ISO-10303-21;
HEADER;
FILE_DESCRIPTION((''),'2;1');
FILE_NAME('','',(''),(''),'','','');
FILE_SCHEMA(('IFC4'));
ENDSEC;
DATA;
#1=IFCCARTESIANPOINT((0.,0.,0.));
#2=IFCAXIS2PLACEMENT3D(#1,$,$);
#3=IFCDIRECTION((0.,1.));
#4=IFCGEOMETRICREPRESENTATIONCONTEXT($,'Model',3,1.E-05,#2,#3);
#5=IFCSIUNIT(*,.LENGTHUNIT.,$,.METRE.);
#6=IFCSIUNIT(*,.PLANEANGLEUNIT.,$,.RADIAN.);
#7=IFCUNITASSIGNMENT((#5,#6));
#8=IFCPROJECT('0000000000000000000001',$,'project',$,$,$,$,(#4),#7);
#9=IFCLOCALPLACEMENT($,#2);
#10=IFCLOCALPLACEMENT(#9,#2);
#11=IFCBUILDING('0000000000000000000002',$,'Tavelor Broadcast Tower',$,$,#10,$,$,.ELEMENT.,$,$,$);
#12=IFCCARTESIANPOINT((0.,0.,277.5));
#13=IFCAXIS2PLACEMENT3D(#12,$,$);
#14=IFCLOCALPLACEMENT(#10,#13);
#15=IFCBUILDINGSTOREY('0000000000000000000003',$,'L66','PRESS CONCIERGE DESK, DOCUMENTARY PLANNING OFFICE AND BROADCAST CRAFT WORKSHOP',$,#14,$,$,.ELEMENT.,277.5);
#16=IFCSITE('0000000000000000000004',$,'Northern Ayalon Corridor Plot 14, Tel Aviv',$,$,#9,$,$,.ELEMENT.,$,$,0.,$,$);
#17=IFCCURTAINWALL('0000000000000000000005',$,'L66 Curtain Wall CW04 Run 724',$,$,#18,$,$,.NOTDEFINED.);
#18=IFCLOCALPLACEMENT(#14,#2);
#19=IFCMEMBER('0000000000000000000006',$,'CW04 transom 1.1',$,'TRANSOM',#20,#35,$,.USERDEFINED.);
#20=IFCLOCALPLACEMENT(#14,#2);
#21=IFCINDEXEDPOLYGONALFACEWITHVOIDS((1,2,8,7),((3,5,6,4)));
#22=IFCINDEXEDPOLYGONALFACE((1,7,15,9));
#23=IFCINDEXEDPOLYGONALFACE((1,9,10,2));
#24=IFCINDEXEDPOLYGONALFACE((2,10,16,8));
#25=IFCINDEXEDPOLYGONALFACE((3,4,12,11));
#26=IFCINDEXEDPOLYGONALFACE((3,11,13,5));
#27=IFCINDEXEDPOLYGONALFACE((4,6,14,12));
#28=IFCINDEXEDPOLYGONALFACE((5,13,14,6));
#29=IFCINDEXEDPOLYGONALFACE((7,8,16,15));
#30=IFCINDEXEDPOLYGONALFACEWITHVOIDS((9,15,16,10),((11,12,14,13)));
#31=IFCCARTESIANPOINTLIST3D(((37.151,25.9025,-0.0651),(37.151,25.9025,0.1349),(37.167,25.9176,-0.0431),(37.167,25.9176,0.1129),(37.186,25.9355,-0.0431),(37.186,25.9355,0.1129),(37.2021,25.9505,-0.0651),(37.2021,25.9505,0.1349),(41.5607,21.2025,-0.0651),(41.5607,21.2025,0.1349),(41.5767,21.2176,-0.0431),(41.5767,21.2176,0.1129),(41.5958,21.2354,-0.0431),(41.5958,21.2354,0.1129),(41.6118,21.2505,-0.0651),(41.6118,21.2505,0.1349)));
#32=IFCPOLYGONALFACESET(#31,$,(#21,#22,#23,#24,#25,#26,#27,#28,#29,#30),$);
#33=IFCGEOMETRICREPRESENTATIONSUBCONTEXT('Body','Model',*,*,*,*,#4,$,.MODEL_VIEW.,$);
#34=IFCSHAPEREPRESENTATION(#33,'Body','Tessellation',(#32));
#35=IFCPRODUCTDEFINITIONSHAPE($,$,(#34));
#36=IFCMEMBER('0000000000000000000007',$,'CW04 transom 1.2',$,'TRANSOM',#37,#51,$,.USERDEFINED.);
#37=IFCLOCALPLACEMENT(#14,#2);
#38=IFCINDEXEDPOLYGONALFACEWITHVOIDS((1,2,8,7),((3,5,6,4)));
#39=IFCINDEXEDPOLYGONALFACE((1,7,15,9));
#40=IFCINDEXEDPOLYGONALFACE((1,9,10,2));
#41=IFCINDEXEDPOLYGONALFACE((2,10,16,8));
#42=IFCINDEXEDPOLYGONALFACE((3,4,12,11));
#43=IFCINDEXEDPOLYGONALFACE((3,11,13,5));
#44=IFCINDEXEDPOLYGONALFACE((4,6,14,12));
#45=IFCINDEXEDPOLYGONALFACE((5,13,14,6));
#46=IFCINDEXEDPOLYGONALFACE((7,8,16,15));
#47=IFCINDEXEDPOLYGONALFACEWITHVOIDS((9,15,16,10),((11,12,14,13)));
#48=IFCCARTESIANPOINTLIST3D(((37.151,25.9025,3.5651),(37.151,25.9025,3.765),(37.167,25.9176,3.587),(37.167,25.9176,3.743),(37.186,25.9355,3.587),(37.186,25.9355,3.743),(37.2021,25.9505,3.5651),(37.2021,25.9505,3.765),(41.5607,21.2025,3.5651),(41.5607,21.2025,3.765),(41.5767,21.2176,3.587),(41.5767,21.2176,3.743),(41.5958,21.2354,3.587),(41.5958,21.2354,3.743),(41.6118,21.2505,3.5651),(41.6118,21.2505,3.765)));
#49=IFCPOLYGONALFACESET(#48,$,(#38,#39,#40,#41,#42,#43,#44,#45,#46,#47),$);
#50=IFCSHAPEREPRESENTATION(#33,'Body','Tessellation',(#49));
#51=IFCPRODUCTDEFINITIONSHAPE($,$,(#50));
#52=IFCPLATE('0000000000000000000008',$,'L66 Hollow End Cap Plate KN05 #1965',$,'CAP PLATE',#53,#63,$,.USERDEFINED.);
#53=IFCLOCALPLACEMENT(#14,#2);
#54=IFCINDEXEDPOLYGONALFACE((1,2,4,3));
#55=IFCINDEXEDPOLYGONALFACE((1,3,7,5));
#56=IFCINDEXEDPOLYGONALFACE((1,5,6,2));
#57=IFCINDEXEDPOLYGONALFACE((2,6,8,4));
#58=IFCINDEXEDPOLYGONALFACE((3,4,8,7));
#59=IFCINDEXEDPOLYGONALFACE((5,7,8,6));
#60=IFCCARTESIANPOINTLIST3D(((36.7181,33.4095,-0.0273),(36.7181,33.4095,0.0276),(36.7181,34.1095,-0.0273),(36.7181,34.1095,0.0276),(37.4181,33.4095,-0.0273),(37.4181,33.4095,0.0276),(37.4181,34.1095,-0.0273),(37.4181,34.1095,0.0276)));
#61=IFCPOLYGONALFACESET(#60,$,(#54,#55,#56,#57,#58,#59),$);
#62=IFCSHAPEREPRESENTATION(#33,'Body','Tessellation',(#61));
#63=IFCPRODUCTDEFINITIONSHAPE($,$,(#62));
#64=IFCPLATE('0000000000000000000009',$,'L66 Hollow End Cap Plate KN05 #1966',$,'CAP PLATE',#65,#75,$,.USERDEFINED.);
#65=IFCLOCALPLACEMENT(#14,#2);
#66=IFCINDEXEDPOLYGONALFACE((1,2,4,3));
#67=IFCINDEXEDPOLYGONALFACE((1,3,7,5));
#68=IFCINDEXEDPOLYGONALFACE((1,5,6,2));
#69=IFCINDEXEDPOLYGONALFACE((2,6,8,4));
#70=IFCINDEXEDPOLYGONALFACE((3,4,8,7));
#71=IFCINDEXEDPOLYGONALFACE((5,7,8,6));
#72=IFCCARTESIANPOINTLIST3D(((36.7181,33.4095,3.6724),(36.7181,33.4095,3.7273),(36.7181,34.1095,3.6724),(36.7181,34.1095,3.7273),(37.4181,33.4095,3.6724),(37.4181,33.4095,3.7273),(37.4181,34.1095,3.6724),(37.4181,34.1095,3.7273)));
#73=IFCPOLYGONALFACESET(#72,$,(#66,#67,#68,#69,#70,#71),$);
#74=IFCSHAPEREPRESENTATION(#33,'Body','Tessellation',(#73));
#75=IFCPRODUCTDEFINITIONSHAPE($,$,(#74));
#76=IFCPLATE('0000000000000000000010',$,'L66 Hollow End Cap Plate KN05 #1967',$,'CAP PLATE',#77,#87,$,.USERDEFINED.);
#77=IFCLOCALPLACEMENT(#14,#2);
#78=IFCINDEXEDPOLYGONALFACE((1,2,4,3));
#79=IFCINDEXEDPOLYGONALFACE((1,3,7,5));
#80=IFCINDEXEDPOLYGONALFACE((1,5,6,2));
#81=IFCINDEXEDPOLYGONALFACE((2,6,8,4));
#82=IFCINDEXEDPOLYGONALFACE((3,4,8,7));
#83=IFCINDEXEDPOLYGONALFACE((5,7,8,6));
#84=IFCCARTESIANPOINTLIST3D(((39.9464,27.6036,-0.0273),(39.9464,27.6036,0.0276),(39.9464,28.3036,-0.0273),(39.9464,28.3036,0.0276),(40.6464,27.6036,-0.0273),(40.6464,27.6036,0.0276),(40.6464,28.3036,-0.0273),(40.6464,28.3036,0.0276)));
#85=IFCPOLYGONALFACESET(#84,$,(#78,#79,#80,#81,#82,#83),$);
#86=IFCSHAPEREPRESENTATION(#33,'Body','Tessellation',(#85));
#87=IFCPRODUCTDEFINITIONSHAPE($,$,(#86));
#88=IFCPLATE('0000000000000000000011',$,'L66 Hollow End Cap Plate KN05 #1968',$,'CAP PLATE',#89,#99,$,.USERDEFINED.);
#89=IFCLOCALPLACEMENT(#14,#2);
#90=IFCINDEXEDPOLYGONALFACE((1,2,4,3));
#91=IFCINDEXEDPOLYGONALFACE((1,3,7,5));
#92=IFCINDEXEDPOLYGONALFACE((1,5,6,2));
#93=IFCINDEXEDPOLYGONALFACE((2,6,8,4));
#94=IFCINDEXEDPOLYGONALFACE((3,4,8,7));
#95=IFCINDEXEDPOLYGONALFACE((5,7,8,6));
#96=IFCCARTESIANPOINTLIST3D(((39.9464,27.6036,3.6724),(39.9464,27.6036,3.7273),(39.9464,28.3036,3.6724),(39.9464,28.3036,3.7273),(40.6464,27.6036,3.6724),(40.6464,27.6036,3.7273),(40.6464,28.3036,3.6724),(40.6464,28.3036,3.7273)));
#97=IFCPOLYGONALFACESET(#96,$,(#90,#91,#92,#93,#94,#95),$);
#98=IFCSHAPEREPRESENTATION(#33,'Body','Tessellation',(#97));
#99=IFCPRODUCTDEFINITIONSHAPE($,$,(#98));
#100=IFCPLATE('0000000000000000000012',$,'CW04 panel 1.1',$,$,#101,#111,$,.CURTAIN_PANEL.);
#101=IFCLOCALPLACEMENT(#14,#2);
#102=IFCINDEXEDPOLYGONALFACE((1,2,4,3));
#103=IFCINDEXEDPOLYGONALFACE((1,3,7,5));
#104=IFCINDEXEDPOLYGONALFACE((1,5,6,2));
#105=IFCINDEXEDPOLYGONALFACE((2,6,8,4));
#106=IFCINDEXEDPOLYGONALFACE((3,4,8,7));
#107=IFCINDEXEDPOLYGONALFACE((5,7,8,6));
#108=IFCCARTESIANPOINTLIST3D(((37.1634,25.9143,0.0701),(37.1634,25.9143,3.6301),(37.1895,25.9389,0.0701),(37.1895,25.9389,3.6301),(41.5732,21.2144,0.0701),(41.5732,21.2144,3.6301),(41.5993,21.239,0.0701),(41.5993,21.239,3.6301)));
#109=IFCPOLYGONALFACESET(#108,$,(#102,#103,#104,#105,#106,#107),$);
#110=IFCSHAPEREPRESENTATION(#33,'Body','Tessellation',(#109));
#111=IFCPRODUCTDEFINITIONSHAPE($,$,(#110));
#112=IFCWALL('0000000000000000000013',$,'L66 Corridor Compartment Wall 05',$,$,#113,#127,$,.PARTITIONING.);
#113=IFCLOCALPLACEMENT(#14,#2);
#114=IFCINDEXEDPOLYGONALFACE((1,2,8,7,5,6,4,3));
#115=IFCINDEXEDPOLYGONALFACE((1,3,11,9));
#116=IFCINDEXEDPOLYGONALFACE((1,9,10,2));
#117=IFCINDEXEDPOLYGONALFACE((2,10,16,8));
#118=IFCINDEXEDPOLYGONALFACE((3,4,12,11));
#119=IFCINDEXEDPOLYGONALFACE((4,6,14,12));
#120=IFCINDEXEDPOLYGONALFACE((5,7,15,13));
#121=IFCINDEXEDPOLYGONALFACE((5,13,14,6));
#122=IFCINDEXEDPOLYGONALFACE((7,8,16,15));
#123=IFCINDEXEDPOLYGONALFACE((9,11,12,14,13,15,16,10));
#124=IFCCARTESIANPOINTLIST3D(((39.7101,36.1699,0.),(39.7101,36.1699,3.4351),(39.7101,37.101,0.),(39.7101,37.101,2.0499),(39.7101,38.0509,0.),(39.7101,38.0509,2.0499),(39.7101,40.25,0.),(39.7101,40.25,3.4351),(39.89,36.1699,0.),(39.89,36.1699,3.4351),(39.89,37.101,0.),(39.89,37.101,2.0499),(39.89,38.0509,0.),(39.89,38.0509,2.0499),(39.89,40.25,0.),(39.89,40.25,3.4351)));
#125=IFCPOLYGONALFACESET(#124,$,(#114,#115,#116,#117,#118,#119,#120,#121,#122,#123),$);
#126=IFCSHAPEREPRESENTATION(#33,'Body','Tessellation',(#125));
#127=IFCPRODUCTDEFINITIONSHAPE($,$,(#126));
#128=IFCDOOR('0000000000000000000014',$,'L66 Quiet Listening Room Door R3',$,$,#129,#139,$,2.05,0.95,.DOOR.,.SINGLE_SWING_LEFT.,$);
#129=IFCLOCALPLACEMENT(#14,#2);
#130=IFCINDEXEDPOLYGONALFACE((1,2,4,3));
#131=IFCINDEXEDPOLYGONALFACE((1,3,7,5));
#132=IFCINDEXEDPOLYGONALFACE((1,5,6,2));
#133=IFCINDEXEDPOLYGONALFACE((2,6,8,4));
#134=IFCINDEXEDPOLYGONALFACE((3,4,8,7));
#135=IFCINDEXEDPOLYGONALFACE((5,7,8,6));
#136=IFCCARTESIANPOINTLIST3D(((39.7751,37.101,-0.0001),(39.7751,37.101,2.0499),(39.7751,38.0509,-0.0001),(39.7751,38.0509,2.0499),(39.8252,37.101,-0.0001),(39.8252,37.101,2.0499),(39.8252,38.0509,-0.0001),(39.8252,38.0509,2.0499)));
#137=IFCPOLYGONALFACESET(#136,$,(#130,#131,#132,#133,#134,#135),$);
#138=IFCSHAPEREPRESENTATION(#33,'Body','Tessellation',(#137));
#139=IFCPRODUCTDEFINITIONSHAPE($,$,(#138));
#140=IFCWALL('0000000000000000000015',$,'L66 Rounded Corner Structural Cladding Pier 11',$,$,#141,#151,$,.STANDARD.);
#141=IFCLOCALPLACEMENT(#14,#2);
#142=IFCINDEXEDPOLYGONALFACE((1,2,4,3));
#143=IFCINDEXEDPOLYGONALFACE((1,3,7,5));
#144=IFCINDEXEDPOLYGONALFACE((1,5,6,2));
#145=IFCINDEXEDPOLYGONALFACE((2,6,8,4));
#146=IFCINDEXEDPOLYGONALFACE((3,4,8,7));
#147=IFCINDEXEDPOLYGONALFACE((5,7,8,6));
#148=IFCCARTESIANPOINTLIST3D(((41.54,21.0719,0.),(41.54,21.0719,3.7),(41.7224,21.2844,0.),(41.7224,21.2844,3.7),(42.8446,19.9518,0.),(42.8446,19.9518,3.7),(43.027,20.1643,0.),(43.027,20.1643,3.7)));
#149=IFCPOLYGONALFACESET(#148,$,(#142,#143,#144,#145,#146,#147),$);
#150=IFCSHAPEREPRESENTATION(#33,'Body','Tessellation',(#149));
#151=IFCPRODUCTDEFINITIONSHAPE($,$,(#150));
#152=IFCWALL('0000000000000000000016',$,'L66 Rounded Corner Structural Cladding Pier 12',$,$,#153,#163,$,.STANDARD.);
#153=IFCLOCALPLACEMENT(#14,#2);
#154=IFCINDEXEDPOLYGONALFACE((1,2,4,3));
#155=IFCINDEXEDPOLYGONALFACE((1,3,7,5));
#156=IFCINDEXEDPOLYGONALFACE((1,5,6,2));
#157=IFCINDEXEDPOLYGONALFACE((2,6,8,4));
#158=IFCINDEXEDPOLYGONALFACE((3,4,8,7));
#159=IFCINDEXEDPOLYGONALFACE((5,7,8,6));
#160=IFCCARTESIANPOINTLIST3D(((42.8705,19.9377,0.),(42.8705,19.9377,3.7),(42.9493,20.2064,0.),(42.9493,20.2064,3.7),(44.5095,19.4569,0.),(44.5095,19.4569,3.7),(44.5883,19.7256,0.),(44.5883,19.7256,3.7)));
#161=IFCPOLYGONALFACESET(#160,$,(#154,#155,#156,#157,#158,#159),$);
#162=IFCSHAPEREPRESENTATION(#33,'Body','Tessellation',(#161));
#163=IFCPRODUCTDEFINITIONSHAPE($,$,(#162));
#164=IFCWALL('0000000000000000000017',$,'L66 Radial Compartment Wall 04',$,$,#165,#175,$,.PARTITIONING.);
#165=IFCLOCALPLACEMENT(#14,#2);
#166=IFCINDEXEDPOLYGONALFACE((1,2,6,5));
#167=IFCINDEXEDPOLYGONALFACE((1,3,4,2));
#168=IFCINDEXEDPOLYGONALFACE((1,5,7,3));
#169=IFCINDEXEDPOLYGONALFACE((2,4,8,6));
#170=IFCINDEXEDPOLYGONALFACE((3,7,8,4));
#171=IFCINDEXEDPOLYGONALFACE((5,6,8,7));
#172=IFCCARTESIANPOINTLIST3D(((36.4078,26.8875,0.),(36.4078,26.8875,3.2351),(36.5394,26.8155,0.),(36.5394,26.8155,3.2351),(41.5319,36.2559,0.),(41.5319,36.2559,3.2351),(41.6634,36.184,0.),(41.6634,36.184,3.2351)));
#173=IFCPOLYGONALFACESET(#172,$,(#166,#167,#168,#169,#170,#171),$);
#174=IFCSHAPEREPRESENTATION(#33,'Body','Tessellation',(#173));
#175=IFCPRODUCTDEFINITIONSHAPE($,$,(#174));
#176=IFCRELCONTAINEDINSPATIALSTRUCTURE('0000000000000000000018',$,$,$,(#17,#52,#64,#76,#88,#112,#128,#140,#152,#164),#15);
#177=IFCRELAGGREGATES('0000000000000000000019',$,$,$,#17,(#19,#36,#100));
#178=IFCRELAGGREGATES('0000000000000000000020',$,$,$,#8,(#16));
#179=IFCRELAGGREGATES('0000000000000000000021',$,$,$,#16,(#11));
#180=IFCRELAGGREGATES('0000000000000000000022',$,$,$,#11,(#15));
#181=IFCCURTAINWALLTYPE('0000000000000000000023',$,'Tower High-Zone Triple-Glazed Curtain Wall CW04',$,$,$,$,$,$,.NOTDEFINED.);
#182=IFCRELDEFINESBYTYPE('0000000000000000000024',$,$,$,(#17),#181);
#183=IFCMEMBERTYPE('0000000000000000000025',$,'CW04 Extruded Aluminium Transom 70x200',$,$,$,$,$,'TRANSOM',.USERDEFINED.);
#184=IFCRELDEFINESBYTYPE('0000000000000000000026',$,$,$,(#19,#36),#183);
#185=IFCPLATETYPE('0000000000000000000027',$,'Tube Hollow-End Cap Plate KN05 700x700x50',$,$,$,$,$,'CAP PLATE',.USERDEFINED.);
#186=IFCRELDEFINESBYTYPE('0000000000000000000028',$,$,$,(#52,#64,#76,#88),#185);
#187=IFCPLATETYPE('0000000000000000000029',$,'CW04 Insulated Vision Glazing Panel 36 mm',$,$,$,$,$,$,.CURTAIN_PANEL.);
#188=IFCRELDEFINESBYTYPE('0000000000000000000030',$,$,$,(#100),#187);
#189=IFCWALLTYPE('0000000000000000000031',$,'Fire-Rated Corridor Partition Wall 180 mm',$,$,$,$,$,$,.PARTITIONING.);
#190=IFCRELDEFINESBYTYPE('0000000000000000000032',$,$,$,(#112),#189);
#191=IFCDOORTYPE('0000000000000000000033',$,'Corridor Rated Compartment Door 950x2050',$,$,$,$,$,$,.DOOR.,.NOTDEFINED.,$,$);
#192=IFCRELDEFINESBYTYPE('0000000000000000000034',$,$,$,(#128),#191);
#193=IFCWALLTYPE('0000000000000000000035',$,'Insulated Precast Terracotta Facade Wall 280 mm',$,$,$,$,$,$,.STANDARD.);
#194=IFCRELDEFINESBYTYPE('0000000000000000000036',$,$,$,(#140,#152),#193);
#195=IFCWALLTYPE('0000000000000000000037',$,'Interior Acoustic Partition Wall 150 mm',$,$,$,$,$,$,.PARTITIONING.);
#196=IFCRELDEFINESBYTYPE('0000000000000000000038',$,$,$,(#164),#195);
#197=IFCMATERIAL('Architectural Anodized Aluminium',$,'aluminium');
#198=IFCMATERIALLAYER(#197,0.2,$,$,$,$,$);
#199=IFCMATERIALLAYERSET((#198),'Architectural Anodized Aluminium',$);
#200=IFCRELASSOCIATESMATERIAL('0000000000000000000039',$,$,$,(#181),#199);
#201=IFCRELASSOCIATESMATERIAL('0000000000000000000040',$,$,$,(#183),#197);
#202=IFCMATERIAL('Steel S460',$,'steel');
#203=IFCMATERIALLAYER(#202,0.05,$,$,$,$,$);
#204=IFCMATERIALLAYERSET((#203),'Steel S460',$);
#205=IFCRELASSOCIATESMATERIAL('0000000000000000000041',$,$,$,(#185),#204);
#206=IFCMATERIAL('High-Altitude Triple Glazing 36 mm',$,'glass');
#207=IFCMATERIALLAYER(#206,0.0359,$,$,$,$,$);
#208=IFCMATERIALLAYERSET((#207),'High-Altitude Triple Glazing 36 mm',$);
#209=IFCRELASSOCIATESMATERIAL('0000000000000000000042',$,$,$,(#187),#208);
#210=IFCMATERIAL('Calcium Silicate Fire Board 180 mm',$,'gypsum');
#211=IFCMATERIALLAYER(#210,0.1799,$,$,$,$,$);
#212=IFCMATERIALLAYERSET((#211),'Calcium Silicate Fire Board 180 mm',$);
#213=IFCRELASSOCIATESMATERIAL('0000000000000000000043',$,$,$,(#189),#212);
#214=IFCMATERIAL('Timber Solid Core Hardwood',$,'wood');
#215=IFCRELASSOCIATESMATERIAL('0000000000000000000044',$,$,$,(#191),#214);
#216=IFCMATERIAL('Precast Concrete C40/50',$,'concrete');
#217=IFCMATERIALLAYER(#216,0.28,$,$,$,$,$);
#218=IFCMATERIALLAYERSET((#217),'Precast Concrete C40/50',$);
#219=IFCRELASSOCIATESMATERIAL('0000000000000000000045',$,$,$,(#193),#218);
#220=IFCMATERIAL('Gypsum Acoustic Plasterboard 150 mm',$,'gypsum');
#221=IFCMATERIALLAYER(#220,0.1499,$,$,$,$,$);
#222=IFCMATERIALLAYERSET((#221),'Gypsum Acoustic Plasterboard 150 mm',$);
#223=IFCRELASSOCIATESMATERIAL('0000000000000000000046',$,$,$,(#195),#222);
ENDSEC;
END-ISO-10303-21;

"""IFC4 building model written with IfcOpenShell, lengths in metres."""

from ifc_helpers import new_model, si_unit, direction, frame, frame_2d, origin, origin_2d, place, context, subcontext, project, spatial, rectangle, hollow_rectangle, extrude, source, transform, mapped, material, layer, layer_set, material_profile, profile_set, type_object, type_shapes, element, fill, aggregate, save


model = new_model("IFC4")

# Units and contexts
model_context = context("Model", 3, precision=1e-05, world=origin(), true_north=direction((0.0, 1.0)))
body_context = subcontext(model_context, "Body", "Model", "MODEL_VIEW")
ifc_project = project(units=[si_unit("LENGTHUNIT", "METRE"), si_unit("PLANEANGLEUNIT", "RADIAN")], contexts=[model_context])

# Site, building, storey
site_placement = place(None, origin())
site = spatial("IfcSite", under=ifc_project, at=site_placement, Name="Northern Ayalon Corridor Plot 14, Tel Aviv", CompositionType="ELEMENT", RefElevation=0.0)
building_placement = place(site_placement, origin())
building = spatial("IfcBuilding", under=site, at=building_placement, Name="Tavelor Broadcast Tower", CompositionType="ELEMENT")
storey_placement = place(building_placement, frame((0.0, 0.0, 277.5)))
storey = spatial("IfcBuildingStorey", under=building, at=storey_placement, Name="L66", Description="PRESS CONCIERGE DESK, DOCUMENTARY PLANNING OFFICE AND BROADCAST CRAFT WORKSHOP", CompositionType="ELEMENT", Elevation=277.5)

# Shared definitions
ifc_material_1 = material(Name="Steel S460", Category="steel")

# Shared definitions
ifc_material_2 = material(Name="Architectural Anodized Aluminium", Category="aluminium")
ifc_layer_1 = layer(ifc_material_2, 0.2)
ifc_layer_set_1 = layer_set([ifc_layer_1], Name="Architectural Anodized Aluminium")
curtain_wall_type = type_object("IfcCurtainWallType", Name="Tower High-Zone Triple-Glazed Curtain Wall CW04", PredefinedType="NOTDEFINED", material=ifc_layer_set_1)

# Curtain wall, members
curtain_wall_1_placement = place(storey_placement, origin())
curtain_wall_1 = element("IfcCurtainWall", 1, at=curtain_wall_1_placement, inside=storey, type_object=curtain_wall_type, Name="L66 Curtain Wall CW04 Run 724", PredefinedType="NOTDEFINED")
ifc_material_profile_1 = material_profile(ifc_material_2, hollow_rectangle(XDim=0.0701, YDim=0.2, WallThickness=0.022, at=origin_2d()), Name="RHS 70x200x22")
ifc_profile_set_1 = profile_set([ifc_material_profile_1], Name="Architectural Anodized Aluminium")
member_type_1 = type_object("IfcMemberType", Name="CW04 Extruded Aluminium Transom 70x200", ElementType="TRANSOM", PredefinedType="USERDEFINED", material=ifc_profile_set_1)
shared_shape_1 = source(origin(), body_context, "Body", "SweptSolid", [
    extrude(hollow_rectangle(XDim=0.0701, YDim=0.2, WallThickness=0.022, at=origin_2d()), origin(), (0.0, 0.0, 1.0), 6.4448),
])
type_shapes(member_type_1, [shared_shape_1])
member_1_placement = place(storey_placement, frame((37.1765, 25.9265, 0.0349), z_axis=(0.684227, -0.729269, 0.0), x_axis=(0.729269, 0.684227, 0.0)))
member_1 = element("IfcMember", 2, at=member_1_placement, type_object=member_type_1, Name="CW04 transom 1.1", ObjectType="TRANSOM", PredefinedType="USERDEFINED", context=body_context, shape_type="MappedRepresentation", body=[
    mapped(shared_shape_1, transform((0.0, 0.0, 0.0), scale=1.0)),
])
member_2_placement = place(storey_placement, frame((37.1765, 25.9265, 3.665), z_axis=(0.684227, -0.729269, 0.0), x_axis=(0.729269, 0.684227, 0.0)))
member_2 = element("IfcMember", 3, at=member_2_placement, type_object=member_type_1, Name="CW04 transom 1.2", ObjectType="TRANSOM", PredefinedType="USERDEFINED", context=body_context, shape_type="MappedRepresentation", body=[
    mapped(shared_shape_1, transform((0.0, 0.0, 0.0), scale=1.0)),
])

# Plates
ifc_layer_2 = layer(ifc_material_1, 0.05)
ifc_layer_set_2 = layer_set([ifc_layer_2], Name="Steel S460")
plate_type_1 = type_object("IfcPlateType", Name="Tube Hollow-End Cap Plate KN05 700x700x50", ElementType="CAP PLATE", PredefinedType="USERDEFINED", material=ifc_layer_set_2)
shared_shape_2 = source(origin(), body_context, "Body", "SweptSolid", [
    extrude(rectangle(XDim=0.7, YDim=0.7, at=origin_2d()), origin(), (0.0, 0.0, 1.0), 0.0549),
])
type_shapes(plate_type_1, [shared_shape_2])
for number, where, z_axis, x_axis, name in (
    (4, (37.0681, 33.7595, -0.0273), (0.0, 0.0, 1.0), (1.0, 0.0, 0.0), "L66 Hollow End Cap Plate KN05 #1965"),
    (5, (37.0681, 33.7595, 3.6724), (0.0, 0.0, 1.0), (1.0, 0.0, 0.0), "L66 Hollow End Cap Plate KN05 #1966"),
    (6, (40.2964, 27.9536, -0.0273), (0.0, 0.0, 1.0), (1.0, 0.0, 0.0), "L66 Hollow End Cap Plate KN05 #1967"),
    (7, (40.2964, 27.9536, 3.6724), (0.0, 0.0, 1.0), (1.0, 0.0, 0.0), "L66 Hollow End Cap Plate KN05 #1968"),
):
    element("IfcPlate", number, at=place(storey_placement, frame(where, z_axis=z_axis, x_axis=x_axis)), inside=storey, type_object=plate_type_1, Name=name, ObjectType="CAP PLATE", PredefinedType="USERDEFINED", context=body_context, shape_type="MappedRepresentation", body=[
        mapped(shared_shape_2, transform((0.0, 0.0, 0.0), scale=1.0)),
    ])

# Plate
ifc_material_3 = material(Name="High-Altitude Triple Glazing 36 mm", Category="glass")
ifc_layer_3 = layer(ifc_material_3, 0.0359)
ifc_layer_set_3 = layer_set([ifc_layer_3], Name="High-Altitude Triple Glazing 36 mm")
plate_type_2 = type_object("IfcPlateType", Name="CW04 Insulated Vision Glazing Panel 36 mm", PredefinedType="CURTAIN_PANEL", material=ifc_layer_set_3)
shared_shape_3 = source(origin(), body_context, "Body", "SweptSolid", [
    extrude(rectangle(XDim=6.4448, YDim=0.0359, at=origin_2d()), origin(), (0.0, 0.0, 1.0), 3.5601),
])
type_shapes(plate_type_2, [shared_shape_3])
plate_placement = place(storey_placement, frame((39.3813, 23.5767, 0.0701), z_axis=(0.0, 0.0, 1.0), x_axis=(0.684242, -0.729255, 0.0)))
plate = element("IfcPlate", 8, at=plate_placement, type_object=plate_type_2, Name="CW04 panel 1.1", PredefinedType="CURTAIN_PANEL", context=body_context, shape_type="MappedRepresentation", body=[
    mapped(shared_shape_3, transform((0.0, 0.0, 0.0), scale=1.0)),
])
aggregate(curtain_wall_1, [member_1, member_2, plate])

# Wall, opening, door
ifc_material_4 = material(Name="Calcium Silicate Fire Board 180 mm", Category="gypsum")
ifc_layer_4 = layer(ifc_material_4, 0.1799)
ifc_layer_set_4 = layer_set([ifc_layer_4], Name="Calcium Silicate Fire Board 180 mm")
wall_type_1 = type_object("IfcWallType", Name="Fire-Rated Corridor Partition Wall 180 mm", PredefinedType="PARTITIONING", material=ifc_layer_set_4)
wall_1_placement = place(storey_placement, frame((39.8, 36.1699, 0.0), z_axis=(0.0, 0.0, 1.0), x_axis=(0.0, 1.0, 0.0)))
wall_1 = element("IfcWall", 9, at=wall_1_placement, inside=storey, type_object=wall_type_1, Name="L66 Corridor Compartment Wall 05", PredefinedType="PARTITIONING", context=body_context, shape_type="SweptSolid", body=[
    extrude(rectangle(XDim=4.0801, YDim=0.1799, at=frame_2d((2.04, 0.0))), origin(), (0.0, 0.0, 1.0), 3.4351),
])
opening_1_placement = place(wall_1_placement, frame((0.9309, 0.0, 0.0)))
opening_1 = element("IfcOpeningElement", 10, at=opening_1_placement, cuts=wall_1, PredefinedType="OPENING", context=body_context, shape_type="SweptSolid", body=[
    extrude(rectangle(XDim=0.95, YDim=2.05, at=frame_2d((0.4751, 1.0249))), frame((0.0, 0.1001, 0.0), z_axis=(0.0, -1.0, 0.0), x_axis=(1.0, 0.0, 0.0)), (0.0, 0.0, 1.0), 0.2),
])
ifc_material_5 = material(Name="Timber Solid Core Hardwood", Category="wood")
door_type_1 = type_object("IfcDoorType", Name="Corridor Rated Compartment Door 950x2050", OperationType="NOTDEFINED", PredefinedType="DOOR", material=ifc_material_5)
door_1_placement = place(opening_1_placement, origin())
door_1 = element("IfcDoor", 11, at=door_1_placement, inside=storey, type_object=door_type_1, Name="L66 Quiet Listening Room Door R3", OperationType="SINGLE_SWING_LEFT", OverallHeight=2.05, OverallWidth=0.95, PredefinedType="DOOR", context=body_context, shape_type="SweptSolid", body=[
    extrude(rectangle(XDim=0.95, YDim=2.05, at=frame_2d((0.4751, 1.0249))), frame((0.0, 0.0249, 0.0), z_axis=(0.0, -1.0, 0.0), x_axis=(1.0, 0.0, 0.0)), (0.0, 0.0, 1.0), 0.05),
])
fill(opening_1, door_1)

# Walls
ifc_material_6 = material(Name="Precast Concrete C40/50", Category="concrete")
ifc_layer_5 = layer(ifc_material_6, 0.28)
ifc_layer_set_5 = layer_set([ifc_layer_5], Name="Precast Concrete C40/50")
wall_type_2 = type_object("IfcWallType", Name="Insulated Precast Terracotta Facade Wall 280 mm", PredefinedType="STANDARD", material=ifc_layer_set_5)
wall_2_placement = place(storey_placement, frame((41.6311, 21.1782, 0.0), z_axis=(0.0, 0.0, 1.0), x_axis=(0.758735, -0.651399, 0.0)))
element("IfcWall", 12, at=wall_2_placement, inside=storey, type_object=wall_type_2, Name="L66 Rounded Corner Structural Cladding Pier 11", PredefinedType="STANDARD", context=body_context, shape_type="SweptSolid", body=[
    extrude(rectangle(XDim=1.7195, YDim=0.28, at=frame_2d((0.8599, 0.0))), origin(), (0.0, 0.0, 1.0), 3.7),
])
wall_3_placement = place(storey_placement, frame((42.9099, 20.072, 0.0), z_axis=(0.0, 0.0, 1.0), x_axis=(0.959575, -0.281454, 0.0)))
element("IfcWall", 13, at=wall_3_placement, inside=storey, type_object=wall_type_2, Name="L66 Rounded Corner Structural Cladding Pier 12", PredefinedType="STANDARD", context=body_context, shape_type="SweptSolid", body=[
    extrude(rectangle(XDim=1.708, YDim=0.28, at=frame_2d((0.854, 0.0))), origin(), (0.0, 0.0, 1.0), 3.7),
])
ifc_material_7 = material(Name="Gypsum Acoustic Plasterboard 150 mm", Category="gypsum")
ifc_layer_6 = layer(ifc_material_7, 0.1499)
ifc_layer_set_6 = layer_set([ifc_layer_6], Name="Gypsum Acoustic Plasterboard 150 mm")
wall_type_3 = type_object("IfcWallType", Name="Interior Acoustic Partition Wall 150 mm", PredefinedType="PARTITIONING", material=ifc_layer_set_6)
wall_4_placement = place(storey_placement, frame((41.5977, 36.22, 0.0), z_axis=(0.0, 0.0, 1.0), x_axis=(-0.479861, -0.877345, 0.0)))
element("IfcWall", 14, at=wall_4_placement, inside=storey, type_object=wall_type_3, Name="L66 Radial Compartment Wall 04", PredefinedType="PARTITIONING", context=body_context, shape_type="SweptSolid", body=[
    extrude(rectangle(XDim=10.6782, YDim=0.1499, at=frame_2d((5.3391, 0.0))), origin(), (0.0, 0.0, 1.0), 3.2351),
])

save(model, "model.ifc")
